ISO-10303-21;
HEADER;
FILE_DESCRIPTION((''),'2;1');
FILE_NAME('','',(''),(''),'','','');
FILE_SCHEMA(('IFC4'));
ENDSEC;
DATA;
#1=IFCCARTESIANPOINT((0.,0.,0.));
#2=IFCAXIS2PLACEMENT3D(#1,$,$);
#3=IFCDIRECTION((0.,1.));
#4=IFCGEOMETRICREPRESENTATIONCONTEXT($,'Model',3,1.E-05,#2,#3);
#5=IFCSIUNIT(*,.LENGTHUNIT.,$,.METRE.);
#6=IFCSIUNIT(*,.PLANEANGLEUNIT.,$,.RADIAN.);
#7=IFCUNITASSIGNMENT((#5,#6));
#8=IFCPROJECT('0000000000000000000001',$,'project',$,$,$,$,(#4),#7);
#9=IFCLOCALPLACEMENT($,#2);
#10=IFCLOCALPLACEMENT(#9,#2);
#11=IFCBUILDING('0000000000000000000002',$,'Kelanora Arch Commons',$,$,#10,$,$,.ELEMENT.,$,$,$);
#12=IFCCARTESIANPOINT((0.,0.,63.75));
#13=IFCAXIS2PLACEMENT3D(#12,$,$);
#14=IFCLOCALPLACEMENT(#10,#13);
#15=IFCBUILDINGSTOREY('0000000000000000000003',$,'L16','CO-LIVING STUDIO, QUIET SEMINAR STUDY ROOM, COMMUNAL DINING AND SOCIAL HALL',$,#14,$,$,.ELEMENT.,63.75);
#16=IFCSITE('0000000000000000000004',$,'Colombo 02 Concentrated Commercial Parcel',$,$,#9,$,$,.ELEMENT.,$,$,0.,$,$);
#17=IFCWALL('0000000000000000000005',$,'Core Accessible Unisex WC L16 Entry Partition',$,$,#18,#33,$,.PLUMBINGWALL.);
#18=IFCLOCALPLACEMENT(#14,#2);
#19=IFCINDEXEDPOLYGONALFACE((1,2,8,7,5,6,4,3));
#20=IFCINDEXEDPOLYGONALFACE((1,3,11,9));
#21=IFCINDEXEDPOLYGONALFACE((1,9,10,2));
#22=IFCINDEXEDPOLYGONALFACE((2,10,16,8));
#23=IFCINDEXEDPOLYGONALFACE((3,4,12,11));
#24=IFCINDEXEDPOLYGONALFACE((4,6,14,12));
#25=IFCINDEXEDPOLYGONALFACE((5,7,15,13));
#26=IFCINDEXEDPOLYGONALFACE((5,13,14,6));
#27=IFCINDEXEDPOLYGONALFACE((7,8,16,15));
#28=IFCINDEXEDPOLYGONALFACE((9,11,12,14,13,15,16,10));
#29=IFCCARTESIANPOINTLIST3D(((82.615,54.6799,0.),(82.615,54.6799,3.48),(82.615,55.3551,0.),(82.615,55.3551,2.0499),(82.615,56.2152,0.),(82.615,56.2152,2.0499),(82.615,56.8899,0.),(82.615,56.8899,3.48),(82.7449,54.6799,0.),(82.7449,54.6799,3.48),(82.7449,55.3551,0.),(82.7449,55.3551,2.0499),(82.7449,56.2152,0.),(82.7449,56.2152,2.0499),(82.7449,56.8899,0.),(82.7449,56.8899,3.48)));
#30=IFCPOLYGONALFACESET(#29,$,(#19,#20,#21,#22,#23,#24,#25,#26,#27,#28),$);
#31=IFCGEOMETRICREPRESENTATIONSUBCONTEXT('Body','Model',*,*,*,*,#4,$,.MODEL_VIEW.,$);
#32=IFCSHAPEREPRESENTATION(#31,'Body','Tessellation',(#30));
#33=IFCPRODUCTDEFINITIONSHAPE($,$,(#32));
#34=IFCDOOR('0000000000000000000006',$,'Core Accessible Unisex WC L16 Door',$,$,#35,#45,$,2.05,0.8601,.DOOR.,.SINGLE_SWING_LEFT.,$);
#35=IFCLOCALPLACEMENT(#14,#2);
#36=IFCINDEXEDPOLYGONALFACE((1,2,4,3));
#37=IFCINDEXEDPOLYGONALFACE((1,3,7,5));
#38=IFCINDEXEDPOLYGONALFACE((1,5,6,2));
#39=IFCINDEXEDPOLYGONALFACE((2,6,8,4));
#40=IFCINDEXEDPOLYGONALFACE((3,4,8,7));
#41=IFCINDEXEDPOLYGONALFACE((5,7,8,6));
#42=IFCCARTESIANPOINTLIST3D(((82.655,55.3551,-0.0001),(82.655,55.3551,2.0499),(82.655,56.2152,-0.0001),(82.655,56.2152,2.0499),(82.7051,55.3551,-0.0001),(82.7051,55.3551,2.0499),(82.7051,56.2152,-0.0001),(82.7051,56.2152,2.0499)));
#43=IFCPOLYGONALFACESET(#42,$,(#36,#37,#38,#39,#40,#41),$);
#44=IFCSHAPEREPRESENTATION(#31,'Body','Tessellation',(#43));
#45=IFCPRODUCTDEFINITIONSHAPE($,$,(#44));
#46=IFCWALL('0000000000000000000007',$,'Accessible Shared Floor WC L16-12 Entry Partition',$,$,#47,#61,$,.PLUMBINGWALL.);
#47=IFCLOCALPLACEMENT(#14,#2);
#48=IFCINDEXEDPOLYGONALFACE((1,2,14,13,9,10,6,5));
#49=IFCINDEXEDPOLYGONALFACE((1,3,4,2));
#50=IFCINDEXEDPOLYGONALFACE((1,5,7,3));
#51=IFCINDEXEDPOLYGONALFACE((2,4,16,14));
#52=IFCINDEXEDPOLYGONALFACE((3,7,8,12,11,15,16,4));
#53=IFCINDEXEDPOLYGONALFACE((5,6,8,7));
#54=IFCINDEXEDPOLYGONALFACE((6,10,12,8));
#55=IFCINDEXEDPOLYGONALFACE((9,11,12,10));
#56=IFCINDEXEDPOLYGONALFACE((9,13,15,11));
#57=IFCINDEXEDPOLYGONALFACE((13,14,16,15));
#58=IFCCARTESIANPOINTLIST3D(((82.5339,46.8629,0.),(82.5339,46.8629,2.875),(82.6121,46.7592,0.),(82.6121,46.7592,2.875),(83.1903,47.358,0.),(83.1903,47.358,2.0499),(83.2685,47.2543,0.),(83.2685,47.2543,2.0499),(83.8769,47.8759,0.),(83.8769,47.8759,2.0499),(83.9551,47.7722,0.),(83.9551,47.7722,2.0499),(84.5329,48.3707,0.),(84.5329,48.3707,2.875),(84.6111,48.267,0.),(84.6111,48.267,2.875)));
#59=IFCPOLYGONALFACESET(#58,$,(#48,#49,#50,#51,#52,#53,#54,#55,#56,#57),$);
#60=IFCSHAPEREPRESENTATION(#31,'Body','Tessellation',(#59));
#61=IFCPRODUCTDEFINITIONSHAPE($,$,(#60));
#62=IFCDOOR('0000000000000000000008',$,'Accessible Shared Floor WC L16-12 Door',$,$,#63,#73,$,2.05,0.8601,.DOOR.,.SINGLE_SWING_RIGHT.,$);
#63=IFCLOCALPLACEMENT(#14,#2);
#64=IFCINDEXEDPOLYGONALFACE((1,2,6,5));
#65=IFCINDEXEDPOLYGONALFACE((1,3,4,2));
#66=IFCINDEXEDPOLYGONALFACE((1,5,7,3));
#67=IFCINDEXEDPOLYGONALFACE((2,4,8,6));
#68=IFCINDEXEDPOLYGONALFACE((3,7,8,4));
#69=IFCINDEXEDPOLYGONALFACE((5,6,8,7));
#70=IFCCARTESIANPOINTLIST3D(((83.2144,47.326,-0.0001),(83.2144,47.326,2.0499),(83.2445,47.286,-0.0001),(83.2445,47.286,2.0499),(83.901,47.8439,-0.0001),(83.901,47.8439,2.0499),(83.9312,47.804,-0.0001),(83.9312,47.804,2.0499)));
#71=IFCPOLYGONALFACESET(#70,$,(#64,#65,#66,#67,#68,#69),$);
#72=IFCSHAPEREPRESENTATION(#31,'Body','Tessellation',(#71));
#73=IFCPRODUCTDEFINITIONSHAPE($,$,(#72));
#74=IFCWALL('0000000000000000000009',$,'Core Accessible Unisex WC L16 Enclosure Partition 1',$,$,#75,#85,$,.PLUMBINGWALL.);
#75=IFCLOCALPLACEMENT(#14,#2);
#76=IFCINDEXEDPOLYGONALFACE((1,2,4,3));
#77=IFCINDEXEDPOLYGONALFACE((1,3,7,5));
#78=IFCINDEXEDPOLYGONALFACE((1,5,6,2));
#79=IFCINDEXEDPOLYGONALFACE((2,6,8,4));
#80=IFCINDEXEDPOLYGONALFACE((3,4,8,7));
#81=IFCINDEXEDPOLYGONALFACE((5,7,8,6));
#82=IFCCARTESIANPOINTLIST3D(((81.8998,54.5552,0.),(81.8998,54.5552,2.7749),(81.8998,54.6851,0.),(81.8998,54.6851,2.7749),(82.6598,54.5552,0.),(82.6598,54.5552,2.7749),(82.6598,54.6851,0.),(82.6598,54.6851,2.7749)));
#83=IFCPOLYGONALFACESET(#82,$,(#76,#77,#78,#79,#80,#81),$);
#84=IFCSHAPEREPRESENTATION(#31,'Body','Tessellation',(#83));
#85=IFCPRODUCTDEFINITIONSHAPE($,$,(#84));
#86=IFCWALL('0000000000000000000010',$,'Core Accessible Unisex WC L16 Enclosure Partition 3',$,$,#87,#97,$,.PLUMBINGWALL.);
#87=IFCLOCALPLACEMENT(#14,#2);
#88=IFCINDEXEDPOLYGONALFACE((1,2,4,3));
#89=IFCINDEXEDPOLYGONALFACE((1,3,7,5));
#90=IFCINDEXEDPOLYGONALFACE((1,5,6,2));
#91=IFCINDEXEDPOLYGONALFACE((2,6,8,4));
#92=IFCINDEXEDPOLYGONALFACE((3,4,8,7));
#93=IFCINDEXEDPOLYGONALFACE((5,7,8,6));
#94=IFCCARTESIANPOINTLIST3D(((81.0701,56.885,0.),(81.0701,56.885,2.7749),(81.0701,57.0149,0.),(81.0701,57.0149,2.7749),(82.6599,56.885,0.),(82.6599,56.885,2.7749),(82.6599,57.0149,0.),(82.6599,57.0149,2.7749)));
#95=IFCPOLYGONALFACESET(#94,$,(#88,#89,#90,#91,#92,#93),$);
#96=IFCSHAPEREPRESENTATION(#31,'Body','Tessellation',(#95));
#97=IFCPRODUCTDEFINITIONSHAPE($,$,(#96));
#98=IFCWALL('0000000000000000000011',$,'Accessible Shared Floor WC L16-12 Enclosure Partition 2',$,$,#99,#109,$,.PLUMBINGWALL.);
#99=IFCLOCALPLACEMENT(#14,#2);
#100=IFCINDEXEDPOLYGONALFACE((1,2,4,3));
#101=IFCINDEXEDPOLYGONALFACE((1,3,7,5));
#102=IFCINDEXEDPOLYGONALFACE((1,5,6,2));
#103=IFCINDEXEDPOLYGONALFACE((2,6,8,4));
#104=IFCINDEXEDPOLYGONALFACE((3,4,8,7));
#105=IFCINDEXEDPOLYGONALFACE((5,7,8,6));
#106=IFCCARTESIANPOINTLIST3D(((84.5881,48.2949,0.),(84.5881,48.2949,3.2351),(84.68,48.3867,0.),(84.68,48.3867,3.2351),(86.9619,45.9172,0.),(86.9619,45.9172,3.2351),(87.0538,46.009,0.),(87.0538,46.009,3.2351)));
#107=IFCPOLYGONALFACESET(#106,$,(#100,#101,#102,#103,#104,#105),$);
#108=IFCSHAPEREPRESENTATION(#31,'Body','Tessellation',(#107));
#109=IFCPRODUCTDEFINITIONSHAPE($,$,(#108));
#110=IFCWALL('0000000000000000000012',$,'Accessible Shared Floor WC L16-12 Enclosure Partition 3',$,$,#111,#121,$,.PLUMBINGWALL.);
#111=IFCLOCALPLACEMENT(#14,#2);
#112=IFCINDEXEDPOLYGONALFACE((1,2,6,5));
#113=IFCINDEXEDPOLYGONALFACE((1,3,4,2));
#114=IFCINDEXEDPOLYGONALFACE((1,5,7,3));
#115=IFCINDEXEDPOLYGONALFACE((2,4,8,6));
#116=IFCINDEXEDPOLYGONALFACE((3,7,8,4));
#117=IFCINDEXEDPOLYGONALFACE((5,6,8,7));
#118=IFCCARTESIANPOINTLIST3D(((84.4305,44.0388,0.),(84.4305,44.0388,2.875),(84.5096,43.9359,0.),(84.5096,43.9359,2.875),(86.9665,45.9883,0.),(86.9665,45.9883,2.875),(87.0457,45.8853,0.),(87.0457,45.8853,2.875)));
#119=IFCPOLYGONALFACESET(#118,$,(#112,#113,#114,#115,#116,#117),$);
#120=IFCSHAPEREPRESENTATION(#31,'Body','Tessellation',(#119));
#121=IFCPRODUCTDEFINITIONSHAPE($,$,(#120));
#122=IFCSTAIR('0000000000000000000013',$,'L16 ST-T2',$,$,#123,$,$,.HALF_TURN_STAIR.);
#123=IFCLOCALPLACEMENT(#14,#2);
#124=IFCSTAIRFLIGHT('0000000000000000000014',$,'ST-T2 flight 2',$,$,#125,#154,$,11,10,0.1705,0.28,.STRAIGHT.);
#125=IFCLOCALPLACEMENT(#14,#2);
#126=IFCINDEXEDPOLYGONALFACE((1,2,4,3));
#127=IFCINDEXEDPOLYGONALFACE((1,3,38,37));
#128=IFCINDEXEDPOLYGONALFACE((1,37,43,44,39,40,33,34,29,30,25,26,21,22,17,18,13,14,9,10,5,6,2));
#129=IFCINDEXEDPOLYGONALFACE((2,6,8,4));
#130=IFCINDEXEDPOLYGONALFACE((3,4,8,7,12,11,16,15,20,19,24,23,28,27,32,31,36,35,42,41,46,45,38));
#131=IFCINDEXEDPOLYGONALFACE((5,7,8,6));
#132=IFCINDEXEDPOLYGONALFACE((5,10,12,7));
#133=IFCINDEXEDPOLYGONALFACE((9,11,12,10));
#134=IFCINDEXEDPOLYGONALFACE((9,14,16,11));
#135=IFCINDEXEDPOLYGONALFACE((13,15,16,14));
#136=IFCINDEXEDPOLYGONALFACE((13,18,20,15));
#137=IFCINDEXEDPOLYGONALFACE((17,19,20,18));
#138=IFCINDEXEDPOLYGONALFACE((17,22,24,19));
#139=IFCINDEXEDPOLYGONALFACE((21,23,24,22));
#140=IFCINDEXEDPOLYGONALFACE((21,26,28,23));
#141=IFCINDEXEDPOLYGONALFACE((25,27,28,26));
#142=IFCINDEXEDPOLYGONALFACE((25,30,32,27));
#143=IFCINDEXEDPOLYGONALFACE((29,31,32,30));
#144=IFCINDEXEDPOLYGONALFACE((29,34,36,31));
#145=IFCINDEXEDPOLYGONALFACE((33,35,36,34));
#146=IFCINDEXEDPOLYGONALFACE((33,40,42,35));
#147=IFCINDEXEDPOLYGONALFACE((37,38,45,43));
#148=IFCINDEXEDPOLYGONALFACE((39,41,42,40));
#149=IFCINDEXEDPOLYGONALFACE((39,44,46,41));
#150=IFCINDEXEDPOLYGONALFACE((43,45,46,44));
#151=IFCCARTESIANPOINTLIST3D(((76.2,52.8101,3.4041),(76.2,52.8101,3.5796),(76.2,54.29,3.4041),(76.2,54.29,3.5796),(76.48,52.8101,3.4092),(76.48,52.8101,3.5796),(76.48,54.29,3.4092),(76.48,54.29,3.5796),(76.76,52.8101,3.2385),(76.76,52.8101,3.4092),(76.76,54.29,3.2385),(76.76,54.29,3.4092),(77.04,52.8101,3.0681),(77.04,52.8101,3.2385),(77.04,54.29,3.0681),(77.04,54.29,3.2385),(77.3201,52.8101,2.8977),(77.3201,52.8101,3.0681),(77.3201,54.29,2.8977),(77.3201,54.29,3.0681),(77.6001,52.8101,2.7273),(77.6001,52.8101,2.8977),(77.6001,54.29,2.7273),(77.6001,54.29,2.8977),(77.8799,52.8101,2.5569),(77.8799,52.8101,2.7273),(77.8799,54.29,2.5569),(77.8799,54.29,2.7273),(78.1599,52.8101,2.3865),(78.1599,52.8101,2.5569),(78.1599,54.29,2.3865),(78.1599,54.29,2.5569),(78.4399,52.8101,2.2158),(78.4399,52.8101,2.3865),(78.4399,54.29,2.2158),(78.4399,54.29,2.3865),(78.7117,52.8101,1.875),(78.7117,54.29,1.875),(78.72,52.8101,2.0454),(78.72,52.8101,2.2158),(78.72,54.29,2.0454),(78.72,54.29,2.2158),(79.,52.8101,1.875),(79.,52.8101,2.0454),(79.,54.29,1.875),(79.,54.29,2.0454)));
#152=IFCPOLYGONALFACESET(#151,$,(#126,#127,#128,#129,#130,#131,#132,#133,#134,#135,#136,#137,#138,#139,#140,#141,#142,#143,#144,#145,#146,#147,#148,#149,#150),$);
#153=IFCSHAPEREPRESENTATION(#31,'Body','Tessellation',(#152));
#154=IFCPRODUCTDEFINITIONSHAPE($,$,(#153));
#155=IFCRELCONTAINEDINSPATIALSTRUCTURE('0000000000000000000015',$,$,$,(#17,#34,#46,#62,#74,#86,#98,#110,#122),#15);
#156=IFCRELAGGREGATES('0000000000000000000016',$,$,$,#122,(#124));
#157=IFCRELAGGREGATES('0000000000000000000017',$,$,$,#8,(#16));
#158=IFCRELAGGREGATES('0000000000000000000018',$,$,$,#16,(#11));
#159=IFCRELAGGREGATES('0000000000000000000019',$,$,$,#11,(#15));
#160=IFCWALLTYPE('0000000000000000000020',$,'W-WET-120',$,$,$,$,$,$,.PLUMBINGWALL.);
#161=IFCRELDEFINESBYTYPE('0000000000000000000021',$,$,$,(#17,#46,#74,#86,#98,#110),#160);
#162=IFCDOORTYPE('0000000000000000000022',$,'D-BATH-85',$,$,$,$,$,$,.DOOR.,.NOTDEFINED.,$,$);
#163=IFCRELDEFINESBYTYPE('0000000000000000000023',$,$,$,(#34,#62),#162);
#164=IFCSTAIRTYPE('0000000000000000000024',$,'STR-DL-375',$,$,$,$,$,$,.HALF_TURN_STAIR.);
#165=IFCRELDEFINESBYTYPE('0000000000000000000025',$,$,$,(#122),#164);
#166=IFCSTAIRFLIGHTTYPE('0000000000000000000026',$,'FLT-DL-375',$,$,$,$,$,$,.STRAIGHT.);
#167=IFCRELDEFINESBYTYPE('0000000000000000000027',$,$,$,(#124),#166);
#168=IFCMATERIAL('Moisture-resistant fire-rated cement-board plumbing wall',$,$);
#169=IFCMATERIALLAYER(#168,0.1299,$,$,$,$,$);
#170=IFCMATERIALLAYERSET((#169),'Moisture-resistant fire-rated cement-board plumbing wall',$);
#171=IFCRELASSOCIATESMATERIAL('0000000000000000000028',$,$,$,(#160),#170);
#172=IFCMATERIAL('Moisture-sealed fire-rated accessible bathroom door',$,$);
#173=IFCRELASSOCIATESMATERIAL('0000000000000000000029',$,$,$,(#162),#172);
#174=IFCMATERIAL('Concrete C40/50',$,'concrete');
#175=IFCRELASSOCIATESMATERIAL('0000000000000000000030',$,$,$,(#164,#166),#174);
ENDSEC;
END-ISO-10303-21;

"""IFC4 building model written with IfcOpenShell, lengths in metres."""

from ifc_helpers import new_model, si_unit, direction, frame, frame_2d, origin, place, context, subcontext, project, spatial, polyline, rectangle, outline, extrude, material, layer, layer_set, type_object, element, fill, aggregate, save


model = new_model("IFC4")

# Units and contexts
model_context = context("Model", 3, precision=1e-05, world=origin(), true_north=direction((0.0, 1.0)))
body_context = subcontext(model_context, "Body", "Model", "MODEL_VIEW")
ifc_project = project(units=[si_unit("LENGTHUNIT", "METRE"), si_unit("PLANEANGLEUNIT", "RADIAN")], contexts=[model_context])

# Site, building, storey
site_placement = place(None, origin())
site = spatial("IfcSite", under=ifc_project, at=site_placement, Name="Colombo 02 Concentrated Commercial Parcel", CompositionType="ELEMENT", RefElevation=0.0)
building_placement = place(site_placement, origin())
building = spatial("IfcBuilding", under=site, at=building_placement, Name="Kelanora Arch Commons", CompositionType="ELEMENT")
storey_placement = place(building_placement, frame((0.0, 0.0, 63.75)))
storey = spatial("IfcBuildingStorey", under=building, at=storey_placement, Name="L16", Description="CO-LIVING STUDIO, QUIET SEMINAR STUDY ROOM, COMMUNAL DINING AND SOCIAL HALL", CompositionType="ELEMENT", Elevation=63.75)

# Shared definitions
ifc_material_1 = material(Name="Concrete C40/50", Category="concrete")

# Walls, openings, doors
ifc_material_2 = material(Name="Moisture-resistant fire-rated cement-board plumbing wall")
ifc_layer_1 = layer(ifc_material_2, 0.1299)
ifc_layer_set_1 = layer_set([ifc_layer_1], Name="Moisture-resistant fire-rated cement-board plumbing wall")
wall_type_1 = type_object("IfcWallType", Name="W-WET-120", PredefinedType="PLUMBINGWALL", material=ifc_layer_set_1)
wall_1_placement = place(storey_placement, frame((82.6799, 54.6799, 0.0), z_axis=(0.0, 0.0, 1.0), x_axis=(0.0, 1.0, 0.0)))
wall_1 = element("IfcWall", 1, at=wall_1_placement, inside=storey, type_object=wall_type_1, Name="Core Accessible Unisex WC L16 Entry Partition", PredefinedType="PLUMBINGWALL", context=body_context, shape_type="SweptSolid", body=[
    extrude(rectangle(XDim=2.21, YDim=0.1299, at=frame_2d((1.105, 0.0))), origin(), (0.0, 0.0, 1.0), 3.48),
])
opening_1_placement = place(wall_1_placement, frame((0.675, 0.0, 0.0)))
opening_1 = element("IfcOpeningElement", 2, at=opening_1_placement, cuts=wall_1, PredefinedType="OPENING", context=body_context, shape_type="SweptSolid", body=[
    extrude(rectangle(XDim=0.8601, YDim=2.05, at=frame_2d((0.4302, 1.0249))), frame((0.0, 0.075, 0.0), z_axis=(0.0, -1.0, 0.0), x_axis=(1.0, 0.0, 0.0)), (0.0, 0.0, 1.0), 0.1499),
])
ifc_material_3 = material(Name="Moisture-sealed fire-rated accessible bathroom door")
door_type_1 = type_object("IfcDoorType", Name="D-BATH-85", OperationType="NOTDEFINED", PredefinedType="DOOR", material=ifc_material_3)
door_1_placement = place(opening_1_placement, origin())
door_1 = element("IfcDoor", 3, at=door_1_placement, inside=storey, type_object=door_type_1, Name="Core Accessible Unisex WC L16 Door", OperationType="SINGLE_SWING_LEFT", OverallHeight=2.05, OverallWidth=0.8601, PredefinedType="DOOR", context=body_context, shape_type="SweptSolid", body=[
    extrude(rectangle(XDim=0.8601, YDim=2.05, at=frame_2d((0.4302, 1.0249))), frame((0.0, 0.0249, 0.0), z_axis=(0.0, -1.0, 0.0), x_axis=(1.0, 0.0, 0.0)), (0.0, 0.0, 1.0), 0.05),
])
fill(opening_1, door_1)
wall_2_placement = place(storey_placement, frame((82.573, 46.811, 0.0), z_axis=(0.0, 0.0, 1.0), x_axis=(0.798359, 0.602182, 0.0)))
wall_2 = element("IfcWall", 4, at=wall_2_placement, inside=storey, type_object=wall_type_1, Name="Accessible Shared Floor WC L16-12 Entry Partition", PredefinedType="PLUMBINGWALL", context=body_context, shape_type="SweptSolid", body=[
    extrude(rectangle(XDim=2.5039, YDim=0.1299, at=frame_2d((1.252, 0.0))), origin(), (0.0, 0.0, 1.0), 2.875),
])
opening_2_placement = place(wall_2_placement, frame((0.822, 0.0, 0.0)))
opening_2 = element("IfcOpeningElement", 5, at=opening_2_placement, cuts=wall_2, PredefinedType="OPENING", context=body_context, shape_type="SweptSolid", body=[
    extrude(rectangle(XDim=0.8601, YDim=2.05, at=frame_2d((0.4302, 1.0249))), frame((0.0, 0.075, 0.0), z_axis=(0.0, -1.0, 0.0), x_axis=(1.0, 0.0, 0.0)), (0.0, 0.0, 1.0), 0.1499),
])
door_2_placement = place(opening_2_placement, origin())
door_2 = element("IfcDoor", 6, at=door_2_placement, inside=storey, type_object=door_type_1, Name="Accessible Shared Floor WC L16-12 Door", OperationType="SINGLE_SWING_RIGHT", OverallHeight=2.05, OverallWidth=0.8601, PredefinedType="DOOR", context=body_context, shape_type="SweptSolid", body=[
    extrude(rectangle(XDim=0.8601, YDim=2.05, at=frame_2d((0.4302, 1.0249))), frame((0.0, 0.0249, 0.0), z_axis=(0.0, -1.0, 0.0), x_axis=(1.0, 0.0, 0.0)), (0.0, 0.0, 1.0), 0.05),
])
fill(opening_2, door_2)

# Walls
wall_3_placement = place(storey_placement, frame((81.8999, 54.6201, 0.0), z_axis=(0.0, 0.0, 1.0), x_axis=(1.0, 0.0, 0.0)))
element("IfcWall", 7, at=wall_3_placement, inside=storey, type_object=wall_type_1, Name="Core Accessible Unisex WC L16 Enclosure Partition 1", PredefinedType="PLUMBINGWALL", context=body_context, shape_type="SweptSolid", body=[
    extrude(rectangle(XDim=0.76, YDim=0.1299, at=frame_2d((0.3799, 0.0))), origin(), (0.0, 0.0, 1.0), 2.7749),
])
wall_4_placement = place(storey_placement, frame((82.6599, 56.95, 0.0), z_axis=(0.0, 0.0, 1.0), x_axis=(-1.0, 0.0, 0.0)))
element("IfcWall", 8, at=wall_4_placement, inside=storey, type_object=wall_type_1, Name="Core Accessible Unisex WC L16 Enclosure Partition 3", PredefinedType="PLUMBINGWALL", context=body_context, shape_type="SweptSolid", body=[
    extrude(rectangle(XDim=1.5898, YDim=0.1299, at=frame_2d((0.7949, 0.0))), origin(), (0.0, 0.0, 1.0), 2.7749),
])
wall_5_placement = place(storey_placement, frame((84.634, 48.3408, 0.0), z_axis=(0.0, 0.0, 1.0), x_axis=(0.706525, -0.707688, 0.0)))
element("IfcWall", 9, at=wall_5_placement, inside=storey, type_object=wall_type_1, Name="Accessible Shared Floor WC L16-12 Enclosure Partition 2", PredefinedType="PLUMBINGWALL", context=body_context, shape_type="SweptSolid", body=[
    extrude(rectangle(XDim=3.3599, YDim=0.1299, at=frame_2d((1.6799, 0.0))), origin(), (0.0, 0.0, 1.0), 3.2351),
])
wall_6_placement = place(storey_placement, frame((87.0061, 45.9368, 0.0), z_axis=(0.0, 0.0, 1.0), x_axis=(-0.792837, -0.609434, 0.0)))
element("IfcWall", 10, at=wall_6_placement, inside=storey, type_object=wall_type_1, Name="Accessible Shared Floor WC L16-12 Enclosure Partition 3", PredefinedType="PLUMBINGWALL", context=body_context, shape_type="SweptSolid", body=[
    extrude(rectangle(XDim=3.1987, YDim=0.1299, at=frame_2d((1.5994, 0.0))), origin(), (0.0, 0.0, 1.0), 2.875),
])

# Stair, stair flight
stair_type = type_object("IfcStairType", Name="STR-DL-375", PredefinedType="HALF_TURN_STAIR", material=ifc_material_1)
stair_placement = place(storey_placement, origin())
stair = element("IfcStair", 11, at=stair_placement, inside=storey, type_object=stair_type, Name="L16 ST-T2", PredefinedType="HALF_TURN_STAIR")
stair_flight_type = type_object("IfcStairFlightType", Name="FLT-DL-375", PredefinedType="STRAIGHT", material=ifc_material_1)
stair_flight_placement = place(storey_placement, frame((79.0, 53.55, 1.875), z_axis=(0.0, 0.0, 1.0), x_axis=(-1.0, 0.0, 0.0)))
stair_flight = element("IfcStairFlight", 12, at=stair_flight_placement, type_object=stair_flight_type, Name="ST-T2 flight 2", NumberOfRisers=11, NumberOfTreads=10, PredefinedType="STRAIGHT", RiserHeight=0.1705, TreadLength=0.28, context=body_context, shape_type="SweptSolid", body=[
    extrude(outline(polyline([(0.0, 0.0), (0.0, 0.1704), (0.28, 0.1704), (0.28, 0.3408), (0.5601, 0.3408), (0.5601, 0.5115), (0.8401, 0.5115), (0.8401, 0.6819), (1.1201, 0.6819), (1.1201, 0.8523), (1.3999, 0.8523), (1.3999, 1.0227), (1.6799, 1.0227), (1.6799, 1.1931), (1.96, 1.1931), (1.96, 1.3635), (2.24, 1.3635), (2.24, 1.5342), (2.52, 1.5342), (2.52, 1.7046), (2.8, 1.7046), (2.8, 1.875), (2.8, 1.5291), (0.2883, 0.0), (0.0, 0.0)])), frame((0.0, 0.74, 0.0), z_axis=(0.0, -1.0, 0.0), x_axis=(1.0, 0.0, 0.0)), (0.0, 0.0, 1.0), 1.48),
])
aggregate(stair, [stair_flight])

save(model, "model.ifc")
